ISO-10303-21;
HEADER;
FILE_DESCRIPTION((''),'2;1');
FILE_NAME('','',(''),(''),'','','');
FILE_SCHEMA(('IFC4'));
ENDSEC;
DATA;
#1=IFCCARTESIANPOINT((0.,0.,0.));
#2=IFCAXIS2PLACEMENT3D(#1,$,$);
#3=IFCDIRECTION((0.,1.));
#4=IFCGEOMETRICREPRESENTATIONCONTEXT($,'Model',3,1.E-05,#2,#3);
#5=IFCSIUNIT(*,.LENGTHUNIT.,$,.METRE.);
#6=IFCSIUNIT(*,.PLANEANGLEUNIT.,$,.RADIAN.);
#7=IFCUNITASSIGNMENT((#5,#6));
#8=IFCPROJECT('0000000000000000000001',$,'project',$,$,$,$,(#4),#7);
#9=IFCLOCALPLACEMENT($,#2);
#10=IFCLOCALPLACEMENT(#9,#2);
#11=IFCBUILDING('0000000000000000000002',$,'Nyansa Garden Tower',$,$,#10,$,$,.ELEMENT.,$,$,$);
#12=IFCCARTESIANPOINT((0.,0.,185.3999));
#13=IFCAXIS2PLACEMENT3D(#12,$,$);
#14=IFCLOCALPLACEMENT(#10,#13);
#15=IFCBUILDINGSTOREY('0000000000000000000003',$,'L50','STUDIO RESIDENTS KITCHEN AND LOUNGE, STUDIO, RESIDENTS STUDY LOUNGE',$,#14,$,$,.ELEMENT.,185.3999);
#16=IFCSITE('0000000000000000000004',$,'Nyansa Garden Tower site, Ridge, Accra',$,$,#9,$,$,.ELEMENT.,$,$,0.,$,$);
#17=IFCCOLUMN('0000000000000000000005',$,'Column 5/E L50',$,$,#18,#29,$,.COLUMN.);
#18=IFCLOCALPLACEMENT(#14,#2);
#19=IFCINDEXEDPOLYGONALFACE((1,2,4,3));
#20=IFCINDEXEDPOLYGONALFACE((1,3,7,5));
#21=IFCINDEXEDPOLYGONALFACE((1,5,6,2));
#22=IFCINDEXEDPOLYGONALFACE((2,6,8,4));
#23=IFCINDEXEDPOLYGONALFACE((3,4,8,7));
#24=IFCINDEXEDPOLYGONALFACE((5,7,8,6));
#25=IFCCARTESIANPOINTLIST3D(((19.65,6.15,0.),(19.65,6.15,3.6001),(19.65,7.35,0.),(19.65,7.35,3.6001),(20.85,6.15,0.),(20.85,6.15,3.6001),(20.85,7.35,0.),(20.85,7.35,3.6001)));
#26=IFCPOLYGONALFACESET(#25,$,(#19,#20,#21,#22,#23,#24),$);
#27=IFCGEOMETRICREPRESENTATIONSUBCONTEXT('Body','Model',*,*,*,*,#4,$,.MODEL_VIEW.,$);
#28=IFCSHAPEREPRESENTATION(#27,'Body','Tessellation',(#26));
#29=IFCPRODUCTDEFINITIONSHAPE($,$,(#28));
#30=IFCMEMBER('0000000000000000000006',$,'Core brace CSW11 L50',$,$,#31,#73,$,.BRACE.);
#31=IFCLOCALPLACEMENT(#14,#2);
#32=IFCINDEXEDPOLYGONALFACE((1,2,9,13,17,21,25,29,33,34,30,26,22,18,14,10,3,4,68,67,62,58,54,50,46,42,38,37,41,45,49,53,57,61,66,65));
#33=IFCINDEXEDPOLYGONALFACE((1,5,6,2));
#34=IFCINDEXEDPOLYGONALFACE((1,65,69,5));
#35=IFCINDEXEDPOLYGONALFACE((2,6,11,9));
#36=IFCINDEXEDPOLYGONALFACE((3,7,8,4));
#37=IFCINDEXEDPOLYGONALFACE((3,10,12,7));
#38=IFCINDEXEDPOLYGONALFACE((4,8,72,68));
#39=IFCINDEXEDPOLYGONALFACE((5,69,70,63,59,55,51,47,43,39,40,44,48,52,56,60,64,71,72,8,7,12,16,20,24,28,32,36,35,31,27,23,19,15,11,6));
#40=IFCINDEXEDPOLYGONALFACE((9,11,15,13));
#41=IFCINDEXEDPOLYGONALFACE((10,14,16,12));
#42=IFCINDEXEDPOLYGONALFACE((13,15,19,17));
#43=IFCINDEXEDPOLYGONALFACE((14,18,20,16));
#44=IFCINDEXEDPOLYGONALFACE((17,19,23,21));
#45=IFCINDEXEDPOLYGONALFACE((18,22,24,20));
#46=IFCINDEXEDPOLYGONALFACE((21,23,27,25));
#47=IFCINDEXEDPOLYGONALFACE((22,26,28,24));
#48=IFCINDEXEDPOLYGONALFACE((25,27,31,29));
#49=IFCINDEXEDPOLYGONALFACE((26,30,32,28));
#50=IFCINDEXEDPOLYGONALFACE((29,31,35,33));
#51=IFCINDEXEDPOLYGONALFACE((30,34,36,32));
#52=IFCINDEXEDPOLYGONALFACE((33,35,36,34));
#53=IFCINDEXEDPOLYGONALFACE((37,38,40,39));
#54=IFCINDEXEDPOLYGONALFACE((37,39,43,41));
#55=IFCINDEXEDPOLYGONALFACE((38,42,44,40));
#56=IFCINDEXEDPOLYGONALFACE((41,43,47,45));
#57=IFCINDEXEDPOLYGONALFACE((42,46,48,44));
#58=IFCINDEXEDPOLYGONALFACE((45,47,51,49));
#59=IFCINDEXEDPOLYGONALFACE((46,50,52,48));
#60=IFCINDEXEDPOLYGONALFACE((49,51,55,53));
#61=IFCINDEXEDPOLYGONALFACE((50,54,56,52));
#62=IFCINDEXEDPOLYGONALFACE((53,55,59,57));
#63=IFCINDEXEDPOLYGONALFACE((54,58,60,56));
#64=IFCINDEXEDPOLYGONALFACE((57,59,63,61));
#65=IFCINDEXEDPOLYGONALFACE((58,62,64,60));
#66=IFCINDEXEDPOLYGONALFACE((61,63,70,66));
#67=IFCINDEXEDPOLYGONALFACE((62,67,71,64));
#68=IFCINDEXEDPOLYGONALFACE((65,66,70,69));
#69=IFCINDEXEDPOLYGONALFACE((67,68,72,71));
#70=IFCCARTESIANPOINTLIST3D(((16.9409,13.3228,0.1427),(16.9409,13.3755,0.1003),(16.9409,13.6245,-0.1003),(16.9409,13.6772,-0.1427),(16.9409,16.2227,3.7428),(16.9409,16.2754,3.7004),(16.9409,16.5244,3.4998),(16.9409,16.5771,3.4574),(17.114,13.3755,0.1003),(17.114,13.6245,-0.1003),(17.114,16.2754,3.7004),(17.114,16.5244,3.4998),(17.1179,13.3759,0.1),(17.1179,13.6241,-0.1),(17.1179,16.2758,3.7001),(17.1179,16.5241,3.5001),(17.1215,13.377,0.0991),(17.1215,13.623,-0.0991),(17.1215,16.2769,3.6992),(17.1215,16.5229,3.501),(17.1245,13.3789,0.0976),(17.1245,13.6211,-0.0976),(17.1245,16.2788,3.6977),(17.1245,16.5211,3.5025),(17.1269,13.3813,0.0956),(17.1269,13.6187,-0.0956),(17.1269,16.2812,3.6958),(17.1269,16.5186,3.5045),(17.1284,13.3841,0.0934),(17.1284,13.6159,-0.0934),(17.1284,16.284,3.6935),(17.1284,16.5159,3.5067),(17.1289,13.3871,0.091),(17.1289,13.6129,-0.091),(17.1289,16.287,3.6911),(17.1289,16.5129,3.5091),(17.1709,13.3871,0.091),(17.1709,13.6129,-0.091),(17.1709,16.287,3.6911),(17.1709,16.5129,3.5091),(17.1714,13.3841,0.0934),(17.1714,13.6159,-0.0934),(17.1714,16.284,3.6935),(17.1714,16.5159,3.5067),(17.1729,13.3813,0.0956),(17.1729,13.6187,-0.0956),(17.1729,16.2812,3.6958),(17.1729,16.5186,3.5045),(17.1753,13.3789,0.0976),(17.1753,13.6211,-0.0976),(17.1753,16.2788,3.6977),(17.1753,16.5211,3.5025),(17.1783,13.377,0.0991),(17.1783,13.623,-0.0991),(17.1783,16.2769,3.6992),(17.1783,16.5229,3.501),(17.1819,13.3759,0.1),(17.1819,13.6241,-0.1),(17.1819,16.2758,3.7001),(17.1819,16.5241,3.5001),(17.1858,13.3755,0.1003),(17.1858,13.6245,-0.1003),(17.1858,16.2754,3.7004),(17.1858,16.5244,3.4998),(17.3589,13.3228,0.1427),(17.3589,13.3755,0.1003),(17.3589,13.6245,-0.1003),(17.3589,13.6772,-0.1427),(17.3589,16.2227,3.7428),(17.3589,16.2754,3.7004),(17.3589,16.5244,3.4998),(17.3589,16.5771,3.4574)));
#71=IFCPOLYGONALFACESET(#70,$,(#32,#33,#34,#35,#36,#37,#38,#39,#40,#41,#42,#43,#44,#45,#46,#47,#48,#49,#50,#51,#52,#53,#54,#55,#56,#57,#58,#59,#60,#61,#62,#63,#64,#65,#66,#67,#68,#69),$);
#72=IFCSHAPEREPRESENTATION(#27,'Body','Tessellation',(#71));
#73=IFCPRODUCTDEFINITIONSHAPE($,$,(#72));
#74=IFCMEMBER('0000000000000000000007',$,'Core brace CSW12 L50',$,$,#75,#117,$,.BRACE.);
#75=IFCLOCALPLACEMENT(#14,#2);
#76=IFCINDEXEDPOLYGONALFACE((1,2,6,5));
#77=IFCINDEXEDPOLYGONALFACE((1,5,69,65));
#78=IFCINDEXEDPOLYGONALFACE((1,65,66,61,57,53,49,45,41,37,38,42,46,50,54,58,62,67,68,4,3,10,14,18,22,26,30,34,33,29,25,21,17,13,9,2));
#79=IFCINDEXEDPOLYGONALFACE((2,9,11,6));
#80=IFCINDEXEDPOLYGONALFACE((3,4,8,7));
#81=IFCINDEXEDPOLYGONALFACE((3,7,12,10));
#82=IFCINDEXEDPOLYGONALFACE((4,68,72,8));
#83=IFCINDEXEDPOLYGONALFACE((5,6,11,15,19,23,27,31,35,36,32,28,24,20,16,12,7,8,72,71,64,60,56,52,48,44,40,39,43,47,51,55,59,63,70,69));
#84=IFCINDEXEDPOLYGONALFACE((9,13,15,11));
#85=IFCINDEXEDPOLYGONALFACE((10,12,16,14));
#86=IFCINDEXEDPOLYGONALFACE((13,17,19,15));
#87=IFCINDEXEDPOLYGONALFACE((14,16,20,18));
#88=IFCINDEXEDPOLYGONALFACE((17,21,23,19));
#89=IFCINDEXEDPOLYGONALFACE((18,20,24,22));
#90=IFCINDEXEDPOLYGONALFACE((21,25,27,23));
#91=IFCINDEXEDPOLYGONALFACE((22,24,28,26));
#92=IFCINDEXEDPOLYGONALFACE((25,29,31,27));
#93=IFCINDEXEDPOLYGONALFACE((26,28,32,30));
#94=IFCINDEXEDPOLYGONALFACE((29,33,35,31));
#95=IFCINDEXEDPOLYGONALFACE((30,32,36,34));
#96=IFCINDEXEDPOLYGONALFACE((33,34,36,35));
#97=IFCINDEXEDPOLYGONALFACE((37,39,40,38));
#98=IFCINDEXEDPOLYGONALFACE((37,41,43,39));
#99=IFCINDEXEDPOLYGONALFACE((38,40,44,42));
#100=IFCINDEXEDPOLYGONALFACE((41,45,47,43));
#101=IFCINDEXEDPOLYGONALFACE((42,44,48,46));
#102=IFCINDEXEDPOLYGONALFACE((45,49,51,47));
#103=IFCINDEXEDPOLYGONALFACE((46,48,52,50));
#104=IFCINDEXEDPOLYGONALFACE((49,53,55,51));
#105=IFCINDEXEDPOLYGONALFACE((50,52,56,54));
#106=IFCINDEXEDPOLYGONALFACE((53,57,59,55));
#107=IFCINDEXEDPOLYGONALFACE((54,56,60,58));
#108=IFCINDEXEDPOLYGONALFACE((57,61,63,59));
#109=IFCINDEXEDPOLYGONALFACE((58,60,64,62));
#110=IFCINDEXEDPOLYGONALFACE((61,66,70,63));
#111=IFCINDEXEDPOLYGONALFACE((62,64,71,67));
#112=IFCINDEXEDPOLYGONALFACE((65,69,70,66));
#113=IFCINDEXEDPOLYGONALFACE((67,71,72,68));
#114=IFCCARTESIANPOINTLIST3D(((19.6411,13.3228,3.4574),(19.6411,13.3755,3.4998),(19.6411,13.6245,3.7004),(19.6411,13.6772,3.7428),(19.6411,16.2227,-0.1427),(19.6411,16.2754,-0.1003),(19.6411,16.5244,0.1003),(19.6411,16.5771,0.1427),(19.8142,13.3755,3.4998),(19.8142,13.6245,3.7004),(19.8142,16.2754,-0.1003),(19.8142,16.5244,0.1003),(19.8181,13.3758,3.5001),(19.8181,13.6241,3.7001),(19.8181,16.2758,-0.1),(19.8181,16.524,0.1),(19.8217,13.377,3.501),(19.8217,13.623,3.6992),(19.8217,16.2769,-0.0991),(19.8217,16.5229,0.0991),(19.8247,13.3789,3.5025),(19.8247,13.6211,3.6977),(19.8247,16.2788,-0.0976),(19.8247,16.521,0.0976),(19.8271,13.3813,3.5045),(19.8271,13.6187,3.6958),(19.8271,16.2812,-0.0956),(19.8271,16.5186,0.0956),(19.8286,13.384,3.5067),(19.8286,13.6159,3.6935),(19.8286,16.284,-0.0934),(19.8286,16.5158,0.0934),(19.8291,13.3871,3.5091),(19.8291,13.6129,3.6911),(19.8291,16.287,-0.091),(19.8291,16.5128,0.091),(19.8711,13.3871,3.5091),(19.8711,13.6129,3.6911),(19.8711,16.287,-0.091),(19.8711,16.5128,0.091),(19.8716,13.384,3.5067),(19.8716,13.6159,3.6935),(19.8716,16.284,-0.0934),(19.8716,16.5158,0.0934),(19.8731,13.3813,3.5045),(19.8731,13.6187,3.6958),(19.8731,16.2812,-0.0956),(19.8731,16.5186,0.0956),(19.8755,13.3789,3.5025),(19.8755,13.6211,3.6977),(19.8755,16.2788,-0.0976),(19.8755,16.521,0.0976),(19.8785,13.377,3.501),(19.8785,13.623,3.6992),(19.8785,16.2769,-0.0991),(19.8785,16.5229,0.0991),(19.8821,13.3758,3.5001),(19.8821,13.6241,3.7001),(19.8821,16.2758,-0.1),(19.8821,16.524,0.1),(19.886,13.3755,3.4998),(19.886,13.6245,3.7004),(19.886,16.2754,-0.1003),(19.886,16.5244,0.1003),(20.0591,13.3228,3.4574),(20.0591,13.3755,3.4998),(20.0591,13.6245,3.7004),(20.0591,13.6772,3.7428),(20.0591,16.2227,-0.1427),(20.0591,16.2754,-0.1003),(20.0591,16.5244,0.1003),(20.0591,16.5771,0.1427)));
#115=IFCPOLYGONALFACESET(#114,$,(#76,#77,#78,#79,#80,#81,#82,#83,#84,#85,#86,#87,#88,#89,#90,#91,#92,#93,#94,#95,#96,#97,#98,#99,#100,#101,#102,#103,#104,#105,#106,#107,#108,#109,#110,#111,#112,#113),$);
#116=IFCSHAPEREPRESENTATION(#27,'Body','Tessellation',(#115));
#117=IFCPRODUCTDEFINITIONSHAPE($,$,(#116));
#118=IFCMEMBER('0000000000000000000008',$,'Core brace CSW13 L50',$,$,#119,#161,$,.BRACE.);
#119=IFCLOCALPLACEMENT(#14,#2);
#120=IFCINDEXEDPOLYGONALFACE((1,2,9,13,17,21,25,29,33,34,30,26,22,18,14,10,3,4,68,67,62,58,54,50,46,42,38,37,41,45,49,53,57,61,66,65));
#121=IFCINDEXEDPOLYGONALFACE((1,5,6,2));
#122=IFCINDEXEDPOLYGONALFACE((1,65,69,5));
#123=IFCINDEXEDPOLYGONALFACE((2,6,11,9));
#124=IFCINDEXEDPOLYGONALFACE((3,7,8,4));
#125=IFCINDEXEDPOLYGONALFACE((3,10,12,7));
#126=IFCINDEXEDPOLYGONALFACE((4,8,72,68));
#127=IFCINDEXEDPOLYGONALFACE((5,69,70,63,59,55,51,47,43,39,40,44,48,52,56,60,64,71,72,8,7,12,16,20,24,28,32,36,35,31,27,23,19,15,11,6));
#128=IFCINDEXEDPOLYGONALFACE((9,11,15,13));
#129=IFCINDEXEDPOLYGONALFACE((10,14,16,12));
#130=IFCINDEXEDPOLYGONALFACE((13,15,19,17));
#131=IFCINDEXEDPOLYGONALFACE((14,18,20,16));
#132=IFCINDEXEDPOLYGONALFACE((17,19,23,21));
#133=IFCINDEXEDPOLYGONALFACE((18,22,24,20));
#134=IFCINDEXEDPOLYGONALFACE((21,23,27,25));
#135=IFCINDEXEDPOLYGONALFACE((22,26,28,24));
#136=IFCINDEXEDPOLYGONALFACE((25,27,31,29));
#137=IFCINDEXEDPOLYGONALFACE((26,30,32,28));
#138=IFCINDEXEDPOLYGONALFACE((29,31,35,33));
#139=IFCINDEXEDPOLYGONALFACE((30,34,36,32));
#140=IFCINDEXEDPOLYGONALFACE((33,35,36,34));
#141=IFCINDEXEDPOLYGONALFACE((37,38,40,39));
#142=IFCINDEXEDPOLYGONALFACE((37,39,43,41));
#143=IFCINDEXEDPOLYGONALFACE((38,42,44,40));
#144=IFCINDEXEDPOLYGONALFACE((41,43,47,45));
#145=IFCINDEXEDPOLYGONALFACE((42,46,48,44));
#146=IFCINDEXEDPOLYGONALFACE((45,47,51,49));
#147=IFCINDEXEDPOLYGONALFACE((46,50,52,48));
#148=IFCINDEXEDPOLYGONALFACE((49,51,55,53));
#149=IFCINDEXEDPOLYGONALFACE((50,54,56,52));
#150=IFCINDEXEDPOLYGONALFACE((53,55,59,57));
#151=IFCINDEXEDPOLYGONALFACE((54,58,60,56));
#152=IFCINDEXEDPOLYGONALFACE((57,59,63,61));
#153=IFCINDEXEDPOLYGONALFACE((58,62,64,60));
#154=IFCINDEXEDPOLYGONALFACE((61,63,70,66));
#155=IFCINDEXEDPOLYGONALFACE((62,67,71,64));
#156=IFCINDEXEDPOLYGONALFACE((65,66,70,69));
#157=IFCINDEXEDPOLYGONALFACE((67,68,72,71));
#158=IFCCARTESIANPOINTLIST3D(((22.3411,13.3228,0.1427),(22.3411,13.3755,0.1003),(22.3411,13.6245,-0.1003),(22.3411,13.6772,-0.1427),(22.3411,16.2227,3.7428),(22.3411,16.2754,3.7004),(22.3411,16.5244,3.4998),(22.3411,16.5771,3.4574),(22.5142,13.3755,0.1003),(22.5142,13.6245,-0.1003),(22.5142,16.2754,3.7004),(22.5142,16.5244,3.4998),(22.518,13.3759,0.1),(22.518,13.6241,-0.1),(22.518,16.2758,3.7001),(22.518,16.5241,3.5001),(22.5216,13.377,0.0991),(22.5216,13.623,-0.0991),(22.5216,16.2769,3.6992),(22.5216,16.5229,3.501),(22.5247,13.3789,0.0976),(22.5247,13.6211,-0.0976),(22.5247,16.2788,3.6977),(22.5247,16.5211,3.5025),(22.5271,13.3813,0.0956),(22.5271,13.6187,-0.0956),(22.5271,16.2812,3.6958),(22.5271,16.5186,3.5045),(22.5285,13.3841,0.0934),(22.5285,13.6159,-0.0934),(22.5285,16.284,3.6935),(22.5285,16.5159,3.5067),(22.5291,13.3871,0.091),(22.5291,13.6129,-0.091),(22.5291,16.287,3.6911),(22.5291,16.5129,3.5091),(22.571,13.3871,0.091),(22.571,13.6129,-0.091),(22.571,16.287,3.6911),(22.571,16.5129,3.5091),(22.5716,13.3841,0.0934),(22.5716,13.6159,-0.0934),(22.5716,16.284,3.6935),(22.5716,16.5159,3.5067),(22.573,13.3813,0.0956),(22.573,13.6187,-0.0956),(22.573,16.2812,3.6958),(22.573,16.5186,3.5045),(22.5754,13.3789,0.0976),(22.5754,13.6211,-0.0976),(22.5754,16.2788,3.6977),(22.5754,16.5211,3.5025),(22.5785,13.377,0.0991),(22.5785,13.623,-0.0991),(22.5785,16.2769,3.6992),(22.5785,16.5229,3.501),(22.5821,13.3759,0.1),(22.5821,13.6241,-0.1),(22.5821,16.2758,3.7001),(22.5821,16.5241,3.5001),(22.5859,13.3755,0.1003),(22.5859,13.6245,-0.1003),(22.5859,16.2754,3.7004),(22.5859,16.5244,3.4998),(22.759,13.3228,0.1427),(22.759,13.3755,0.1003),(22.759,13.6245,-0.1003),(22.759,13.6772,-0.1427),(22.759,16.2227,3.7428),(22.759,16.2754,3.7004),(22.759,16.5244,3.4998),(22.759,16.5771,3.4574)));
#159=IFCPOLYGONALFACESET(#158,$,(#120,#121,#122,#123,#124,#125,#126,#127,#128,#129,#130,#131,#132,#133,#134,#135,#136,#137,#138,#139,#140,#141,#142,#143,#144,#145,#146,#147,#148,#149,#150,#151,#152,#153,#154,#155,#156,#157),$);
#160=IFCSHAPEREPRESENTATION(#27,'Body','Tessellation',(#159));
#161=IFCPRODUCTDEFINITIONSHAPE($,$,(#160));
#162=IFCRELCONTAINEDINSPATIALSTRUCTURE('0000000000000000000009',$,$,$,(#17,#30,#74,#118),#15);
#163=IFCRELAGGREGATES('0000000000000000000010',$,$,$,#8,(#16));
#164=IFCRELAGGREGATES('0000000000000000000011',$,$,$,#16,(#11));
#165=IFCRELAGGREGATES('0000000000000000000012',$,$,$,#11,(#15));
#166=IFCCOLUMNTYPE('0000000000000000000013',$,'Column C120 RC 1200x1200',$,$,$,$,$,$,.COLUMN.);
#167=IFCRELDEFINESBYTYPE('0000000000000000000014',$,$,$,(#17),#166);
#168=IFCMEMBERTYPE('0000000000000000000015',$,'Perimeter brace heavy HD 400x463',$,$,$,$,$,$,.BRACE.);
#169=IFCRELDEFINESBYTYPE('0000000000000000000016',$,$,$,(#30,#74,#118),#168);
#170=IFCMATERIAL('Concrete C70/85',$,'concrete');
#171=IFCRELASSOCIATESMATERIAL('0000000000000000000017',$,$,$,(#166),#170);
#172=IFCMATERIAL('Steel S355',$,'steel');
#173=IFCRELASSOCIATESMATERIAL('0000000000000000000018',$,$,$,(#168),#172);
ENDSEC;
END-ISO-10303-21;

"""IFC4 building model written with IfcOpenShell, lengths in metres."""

from ifc_helpers import new_model, si_unit, direction, frame, origin, origin_2d, place, context, subcontext, project, spatial, rectangle, i_section, extrude, material, material_profile, profile_set, type_object, element, save


model = new_model("IFC4")

# Units and contexts
model_context = context("Model", 3, precision=1e-05, world=origin(), true_north=direction((0.0, 1.0)))
body_context = subcontext(model_context, "Body", "Model", "MODEL_VIEW")
ifc_project = project(units=[si_unit("LENGTHUNIT", "METRE"), si_unit("PLANEANGLEUNIT", "RADIAN")], contexts=[model_context])

# Site, building, storey
site_placement = place(None, origin())
site = spatial("IfcSite", under=ifc_project, at=site_placement, Name="Nyansa Garden Tower site, Ridge, Accra", CompositionType="ELEMENT", RefElevation=0.0)
building_placement = place(site_placement, origin())
building = spatial("IfcBuilding", under=site, at=building_placement, Name="Nyansa Garden Tower", CompositionType="ELEMENT")
storey_placement = place(building_placement, frame((0.0, 0.0, 185.3999)))
storey = spatial("IfcBuildingStorey", under=building, at=storey_placement, Name="L50", Description="STUDIO RESIDENTS KITCHEN AND LOUNGE, STUDIO, RESIDENTS STUDY LOUNGE", CompositionType="ELEMENT", Elevation=185.3999)

# Column
ifc_material_1 = material(Name="Concrete C70/85", Category="concrete")
ifc_material_profile_1 = material_profile(ifc_material_1, rectangle(XDim=1.2, YDim=1.2, at=origin_2d()), Name="RC 1200x1200")
ifc_profile_set_1 = profile_set([ifc_material_profile_1], Name="Concrete C70/85")
column_type = type_object("IfcColumnType", Name="Column C120 RC 1200x1200", PredefinedType="COLUMN", material=ifc_profile_set_1)
column_placement = place(storey_placement, frame((20.25, 6.75, 0.0), z_axis=(0.0, 0.0, 1.0), x_axis=(1.0, 0.0, 0.0)))
element("IfcColumn", 1, at=column_placement, inside=storey, type_object=column_type, Name="Column 5/E L50", PredefinedType="COLUMN", context=body_context, shape_type="SweptSolid", body=[
    extrude(rectangle(XDim=1.2, YDim=1.2, at=origin_2d()), origin(), (0.0, 0.0, 1.0), 3.6001),
])

# Members
ifc_material_2 = material(Name="Steel S355", Category="steel")
ifc_material_profile_2 = material_profile(ifc_material_2, i_section(OverallWidth=0.418, OverallDepth=0.4551, WebThickness=0.042, FlangeThickness=0.0676, FilletRadius=0.0149, at=origin_2d()), Name="HD 400x463")
ifc_profile_set_2 = profile_set([ifc_material_profile_2], Name="Steel S355")
member_type = type_object("IfcMemberType", Name="Perimeter brace heavy HD 400x463", PredefinedType="BRACE", material=ifc_profile_set_2)
for number, where, z_axis, x_axis, name in (
    (2, (17.1499, 13.5, 0.0), (0.0, 0.627306, 0.778773), (-1.0, 0.0, 0.0), "Core brace CSW11 L50"),
    (3, (19.8501, 16.3999, 0.0), (0.0, -0.627306, 0.778773), (1.0, 0.0, 0.0), "Core brace CSW12 L50"),
    (4, (22.55, 13.5, 0.0), (0.0, 0.627306, 0.778773), (-1.0, 0.0, 0.0), "Core brace CSW13 L50"),
):
    element("IfcMember", number, at=place(storey_placement, frame(where, z_axis=z_axis, x_axis=x_axis)), inside=storey, type_object=member_type, Name=name, PredefinedType="BRACE", context=body_context, shape_type="SweptSolid", body=[
        extrude(i_section(OverallWidth=0.418, OverallDepth=0.4551, WebThickness=0.042, FlangeThickness=0.0676, FilletRadius=0.0149, at=origin_2d()), origin(), (0.0, 0.0, 1.0), 4.6228),
    ])

save(model, "model.ifc")
